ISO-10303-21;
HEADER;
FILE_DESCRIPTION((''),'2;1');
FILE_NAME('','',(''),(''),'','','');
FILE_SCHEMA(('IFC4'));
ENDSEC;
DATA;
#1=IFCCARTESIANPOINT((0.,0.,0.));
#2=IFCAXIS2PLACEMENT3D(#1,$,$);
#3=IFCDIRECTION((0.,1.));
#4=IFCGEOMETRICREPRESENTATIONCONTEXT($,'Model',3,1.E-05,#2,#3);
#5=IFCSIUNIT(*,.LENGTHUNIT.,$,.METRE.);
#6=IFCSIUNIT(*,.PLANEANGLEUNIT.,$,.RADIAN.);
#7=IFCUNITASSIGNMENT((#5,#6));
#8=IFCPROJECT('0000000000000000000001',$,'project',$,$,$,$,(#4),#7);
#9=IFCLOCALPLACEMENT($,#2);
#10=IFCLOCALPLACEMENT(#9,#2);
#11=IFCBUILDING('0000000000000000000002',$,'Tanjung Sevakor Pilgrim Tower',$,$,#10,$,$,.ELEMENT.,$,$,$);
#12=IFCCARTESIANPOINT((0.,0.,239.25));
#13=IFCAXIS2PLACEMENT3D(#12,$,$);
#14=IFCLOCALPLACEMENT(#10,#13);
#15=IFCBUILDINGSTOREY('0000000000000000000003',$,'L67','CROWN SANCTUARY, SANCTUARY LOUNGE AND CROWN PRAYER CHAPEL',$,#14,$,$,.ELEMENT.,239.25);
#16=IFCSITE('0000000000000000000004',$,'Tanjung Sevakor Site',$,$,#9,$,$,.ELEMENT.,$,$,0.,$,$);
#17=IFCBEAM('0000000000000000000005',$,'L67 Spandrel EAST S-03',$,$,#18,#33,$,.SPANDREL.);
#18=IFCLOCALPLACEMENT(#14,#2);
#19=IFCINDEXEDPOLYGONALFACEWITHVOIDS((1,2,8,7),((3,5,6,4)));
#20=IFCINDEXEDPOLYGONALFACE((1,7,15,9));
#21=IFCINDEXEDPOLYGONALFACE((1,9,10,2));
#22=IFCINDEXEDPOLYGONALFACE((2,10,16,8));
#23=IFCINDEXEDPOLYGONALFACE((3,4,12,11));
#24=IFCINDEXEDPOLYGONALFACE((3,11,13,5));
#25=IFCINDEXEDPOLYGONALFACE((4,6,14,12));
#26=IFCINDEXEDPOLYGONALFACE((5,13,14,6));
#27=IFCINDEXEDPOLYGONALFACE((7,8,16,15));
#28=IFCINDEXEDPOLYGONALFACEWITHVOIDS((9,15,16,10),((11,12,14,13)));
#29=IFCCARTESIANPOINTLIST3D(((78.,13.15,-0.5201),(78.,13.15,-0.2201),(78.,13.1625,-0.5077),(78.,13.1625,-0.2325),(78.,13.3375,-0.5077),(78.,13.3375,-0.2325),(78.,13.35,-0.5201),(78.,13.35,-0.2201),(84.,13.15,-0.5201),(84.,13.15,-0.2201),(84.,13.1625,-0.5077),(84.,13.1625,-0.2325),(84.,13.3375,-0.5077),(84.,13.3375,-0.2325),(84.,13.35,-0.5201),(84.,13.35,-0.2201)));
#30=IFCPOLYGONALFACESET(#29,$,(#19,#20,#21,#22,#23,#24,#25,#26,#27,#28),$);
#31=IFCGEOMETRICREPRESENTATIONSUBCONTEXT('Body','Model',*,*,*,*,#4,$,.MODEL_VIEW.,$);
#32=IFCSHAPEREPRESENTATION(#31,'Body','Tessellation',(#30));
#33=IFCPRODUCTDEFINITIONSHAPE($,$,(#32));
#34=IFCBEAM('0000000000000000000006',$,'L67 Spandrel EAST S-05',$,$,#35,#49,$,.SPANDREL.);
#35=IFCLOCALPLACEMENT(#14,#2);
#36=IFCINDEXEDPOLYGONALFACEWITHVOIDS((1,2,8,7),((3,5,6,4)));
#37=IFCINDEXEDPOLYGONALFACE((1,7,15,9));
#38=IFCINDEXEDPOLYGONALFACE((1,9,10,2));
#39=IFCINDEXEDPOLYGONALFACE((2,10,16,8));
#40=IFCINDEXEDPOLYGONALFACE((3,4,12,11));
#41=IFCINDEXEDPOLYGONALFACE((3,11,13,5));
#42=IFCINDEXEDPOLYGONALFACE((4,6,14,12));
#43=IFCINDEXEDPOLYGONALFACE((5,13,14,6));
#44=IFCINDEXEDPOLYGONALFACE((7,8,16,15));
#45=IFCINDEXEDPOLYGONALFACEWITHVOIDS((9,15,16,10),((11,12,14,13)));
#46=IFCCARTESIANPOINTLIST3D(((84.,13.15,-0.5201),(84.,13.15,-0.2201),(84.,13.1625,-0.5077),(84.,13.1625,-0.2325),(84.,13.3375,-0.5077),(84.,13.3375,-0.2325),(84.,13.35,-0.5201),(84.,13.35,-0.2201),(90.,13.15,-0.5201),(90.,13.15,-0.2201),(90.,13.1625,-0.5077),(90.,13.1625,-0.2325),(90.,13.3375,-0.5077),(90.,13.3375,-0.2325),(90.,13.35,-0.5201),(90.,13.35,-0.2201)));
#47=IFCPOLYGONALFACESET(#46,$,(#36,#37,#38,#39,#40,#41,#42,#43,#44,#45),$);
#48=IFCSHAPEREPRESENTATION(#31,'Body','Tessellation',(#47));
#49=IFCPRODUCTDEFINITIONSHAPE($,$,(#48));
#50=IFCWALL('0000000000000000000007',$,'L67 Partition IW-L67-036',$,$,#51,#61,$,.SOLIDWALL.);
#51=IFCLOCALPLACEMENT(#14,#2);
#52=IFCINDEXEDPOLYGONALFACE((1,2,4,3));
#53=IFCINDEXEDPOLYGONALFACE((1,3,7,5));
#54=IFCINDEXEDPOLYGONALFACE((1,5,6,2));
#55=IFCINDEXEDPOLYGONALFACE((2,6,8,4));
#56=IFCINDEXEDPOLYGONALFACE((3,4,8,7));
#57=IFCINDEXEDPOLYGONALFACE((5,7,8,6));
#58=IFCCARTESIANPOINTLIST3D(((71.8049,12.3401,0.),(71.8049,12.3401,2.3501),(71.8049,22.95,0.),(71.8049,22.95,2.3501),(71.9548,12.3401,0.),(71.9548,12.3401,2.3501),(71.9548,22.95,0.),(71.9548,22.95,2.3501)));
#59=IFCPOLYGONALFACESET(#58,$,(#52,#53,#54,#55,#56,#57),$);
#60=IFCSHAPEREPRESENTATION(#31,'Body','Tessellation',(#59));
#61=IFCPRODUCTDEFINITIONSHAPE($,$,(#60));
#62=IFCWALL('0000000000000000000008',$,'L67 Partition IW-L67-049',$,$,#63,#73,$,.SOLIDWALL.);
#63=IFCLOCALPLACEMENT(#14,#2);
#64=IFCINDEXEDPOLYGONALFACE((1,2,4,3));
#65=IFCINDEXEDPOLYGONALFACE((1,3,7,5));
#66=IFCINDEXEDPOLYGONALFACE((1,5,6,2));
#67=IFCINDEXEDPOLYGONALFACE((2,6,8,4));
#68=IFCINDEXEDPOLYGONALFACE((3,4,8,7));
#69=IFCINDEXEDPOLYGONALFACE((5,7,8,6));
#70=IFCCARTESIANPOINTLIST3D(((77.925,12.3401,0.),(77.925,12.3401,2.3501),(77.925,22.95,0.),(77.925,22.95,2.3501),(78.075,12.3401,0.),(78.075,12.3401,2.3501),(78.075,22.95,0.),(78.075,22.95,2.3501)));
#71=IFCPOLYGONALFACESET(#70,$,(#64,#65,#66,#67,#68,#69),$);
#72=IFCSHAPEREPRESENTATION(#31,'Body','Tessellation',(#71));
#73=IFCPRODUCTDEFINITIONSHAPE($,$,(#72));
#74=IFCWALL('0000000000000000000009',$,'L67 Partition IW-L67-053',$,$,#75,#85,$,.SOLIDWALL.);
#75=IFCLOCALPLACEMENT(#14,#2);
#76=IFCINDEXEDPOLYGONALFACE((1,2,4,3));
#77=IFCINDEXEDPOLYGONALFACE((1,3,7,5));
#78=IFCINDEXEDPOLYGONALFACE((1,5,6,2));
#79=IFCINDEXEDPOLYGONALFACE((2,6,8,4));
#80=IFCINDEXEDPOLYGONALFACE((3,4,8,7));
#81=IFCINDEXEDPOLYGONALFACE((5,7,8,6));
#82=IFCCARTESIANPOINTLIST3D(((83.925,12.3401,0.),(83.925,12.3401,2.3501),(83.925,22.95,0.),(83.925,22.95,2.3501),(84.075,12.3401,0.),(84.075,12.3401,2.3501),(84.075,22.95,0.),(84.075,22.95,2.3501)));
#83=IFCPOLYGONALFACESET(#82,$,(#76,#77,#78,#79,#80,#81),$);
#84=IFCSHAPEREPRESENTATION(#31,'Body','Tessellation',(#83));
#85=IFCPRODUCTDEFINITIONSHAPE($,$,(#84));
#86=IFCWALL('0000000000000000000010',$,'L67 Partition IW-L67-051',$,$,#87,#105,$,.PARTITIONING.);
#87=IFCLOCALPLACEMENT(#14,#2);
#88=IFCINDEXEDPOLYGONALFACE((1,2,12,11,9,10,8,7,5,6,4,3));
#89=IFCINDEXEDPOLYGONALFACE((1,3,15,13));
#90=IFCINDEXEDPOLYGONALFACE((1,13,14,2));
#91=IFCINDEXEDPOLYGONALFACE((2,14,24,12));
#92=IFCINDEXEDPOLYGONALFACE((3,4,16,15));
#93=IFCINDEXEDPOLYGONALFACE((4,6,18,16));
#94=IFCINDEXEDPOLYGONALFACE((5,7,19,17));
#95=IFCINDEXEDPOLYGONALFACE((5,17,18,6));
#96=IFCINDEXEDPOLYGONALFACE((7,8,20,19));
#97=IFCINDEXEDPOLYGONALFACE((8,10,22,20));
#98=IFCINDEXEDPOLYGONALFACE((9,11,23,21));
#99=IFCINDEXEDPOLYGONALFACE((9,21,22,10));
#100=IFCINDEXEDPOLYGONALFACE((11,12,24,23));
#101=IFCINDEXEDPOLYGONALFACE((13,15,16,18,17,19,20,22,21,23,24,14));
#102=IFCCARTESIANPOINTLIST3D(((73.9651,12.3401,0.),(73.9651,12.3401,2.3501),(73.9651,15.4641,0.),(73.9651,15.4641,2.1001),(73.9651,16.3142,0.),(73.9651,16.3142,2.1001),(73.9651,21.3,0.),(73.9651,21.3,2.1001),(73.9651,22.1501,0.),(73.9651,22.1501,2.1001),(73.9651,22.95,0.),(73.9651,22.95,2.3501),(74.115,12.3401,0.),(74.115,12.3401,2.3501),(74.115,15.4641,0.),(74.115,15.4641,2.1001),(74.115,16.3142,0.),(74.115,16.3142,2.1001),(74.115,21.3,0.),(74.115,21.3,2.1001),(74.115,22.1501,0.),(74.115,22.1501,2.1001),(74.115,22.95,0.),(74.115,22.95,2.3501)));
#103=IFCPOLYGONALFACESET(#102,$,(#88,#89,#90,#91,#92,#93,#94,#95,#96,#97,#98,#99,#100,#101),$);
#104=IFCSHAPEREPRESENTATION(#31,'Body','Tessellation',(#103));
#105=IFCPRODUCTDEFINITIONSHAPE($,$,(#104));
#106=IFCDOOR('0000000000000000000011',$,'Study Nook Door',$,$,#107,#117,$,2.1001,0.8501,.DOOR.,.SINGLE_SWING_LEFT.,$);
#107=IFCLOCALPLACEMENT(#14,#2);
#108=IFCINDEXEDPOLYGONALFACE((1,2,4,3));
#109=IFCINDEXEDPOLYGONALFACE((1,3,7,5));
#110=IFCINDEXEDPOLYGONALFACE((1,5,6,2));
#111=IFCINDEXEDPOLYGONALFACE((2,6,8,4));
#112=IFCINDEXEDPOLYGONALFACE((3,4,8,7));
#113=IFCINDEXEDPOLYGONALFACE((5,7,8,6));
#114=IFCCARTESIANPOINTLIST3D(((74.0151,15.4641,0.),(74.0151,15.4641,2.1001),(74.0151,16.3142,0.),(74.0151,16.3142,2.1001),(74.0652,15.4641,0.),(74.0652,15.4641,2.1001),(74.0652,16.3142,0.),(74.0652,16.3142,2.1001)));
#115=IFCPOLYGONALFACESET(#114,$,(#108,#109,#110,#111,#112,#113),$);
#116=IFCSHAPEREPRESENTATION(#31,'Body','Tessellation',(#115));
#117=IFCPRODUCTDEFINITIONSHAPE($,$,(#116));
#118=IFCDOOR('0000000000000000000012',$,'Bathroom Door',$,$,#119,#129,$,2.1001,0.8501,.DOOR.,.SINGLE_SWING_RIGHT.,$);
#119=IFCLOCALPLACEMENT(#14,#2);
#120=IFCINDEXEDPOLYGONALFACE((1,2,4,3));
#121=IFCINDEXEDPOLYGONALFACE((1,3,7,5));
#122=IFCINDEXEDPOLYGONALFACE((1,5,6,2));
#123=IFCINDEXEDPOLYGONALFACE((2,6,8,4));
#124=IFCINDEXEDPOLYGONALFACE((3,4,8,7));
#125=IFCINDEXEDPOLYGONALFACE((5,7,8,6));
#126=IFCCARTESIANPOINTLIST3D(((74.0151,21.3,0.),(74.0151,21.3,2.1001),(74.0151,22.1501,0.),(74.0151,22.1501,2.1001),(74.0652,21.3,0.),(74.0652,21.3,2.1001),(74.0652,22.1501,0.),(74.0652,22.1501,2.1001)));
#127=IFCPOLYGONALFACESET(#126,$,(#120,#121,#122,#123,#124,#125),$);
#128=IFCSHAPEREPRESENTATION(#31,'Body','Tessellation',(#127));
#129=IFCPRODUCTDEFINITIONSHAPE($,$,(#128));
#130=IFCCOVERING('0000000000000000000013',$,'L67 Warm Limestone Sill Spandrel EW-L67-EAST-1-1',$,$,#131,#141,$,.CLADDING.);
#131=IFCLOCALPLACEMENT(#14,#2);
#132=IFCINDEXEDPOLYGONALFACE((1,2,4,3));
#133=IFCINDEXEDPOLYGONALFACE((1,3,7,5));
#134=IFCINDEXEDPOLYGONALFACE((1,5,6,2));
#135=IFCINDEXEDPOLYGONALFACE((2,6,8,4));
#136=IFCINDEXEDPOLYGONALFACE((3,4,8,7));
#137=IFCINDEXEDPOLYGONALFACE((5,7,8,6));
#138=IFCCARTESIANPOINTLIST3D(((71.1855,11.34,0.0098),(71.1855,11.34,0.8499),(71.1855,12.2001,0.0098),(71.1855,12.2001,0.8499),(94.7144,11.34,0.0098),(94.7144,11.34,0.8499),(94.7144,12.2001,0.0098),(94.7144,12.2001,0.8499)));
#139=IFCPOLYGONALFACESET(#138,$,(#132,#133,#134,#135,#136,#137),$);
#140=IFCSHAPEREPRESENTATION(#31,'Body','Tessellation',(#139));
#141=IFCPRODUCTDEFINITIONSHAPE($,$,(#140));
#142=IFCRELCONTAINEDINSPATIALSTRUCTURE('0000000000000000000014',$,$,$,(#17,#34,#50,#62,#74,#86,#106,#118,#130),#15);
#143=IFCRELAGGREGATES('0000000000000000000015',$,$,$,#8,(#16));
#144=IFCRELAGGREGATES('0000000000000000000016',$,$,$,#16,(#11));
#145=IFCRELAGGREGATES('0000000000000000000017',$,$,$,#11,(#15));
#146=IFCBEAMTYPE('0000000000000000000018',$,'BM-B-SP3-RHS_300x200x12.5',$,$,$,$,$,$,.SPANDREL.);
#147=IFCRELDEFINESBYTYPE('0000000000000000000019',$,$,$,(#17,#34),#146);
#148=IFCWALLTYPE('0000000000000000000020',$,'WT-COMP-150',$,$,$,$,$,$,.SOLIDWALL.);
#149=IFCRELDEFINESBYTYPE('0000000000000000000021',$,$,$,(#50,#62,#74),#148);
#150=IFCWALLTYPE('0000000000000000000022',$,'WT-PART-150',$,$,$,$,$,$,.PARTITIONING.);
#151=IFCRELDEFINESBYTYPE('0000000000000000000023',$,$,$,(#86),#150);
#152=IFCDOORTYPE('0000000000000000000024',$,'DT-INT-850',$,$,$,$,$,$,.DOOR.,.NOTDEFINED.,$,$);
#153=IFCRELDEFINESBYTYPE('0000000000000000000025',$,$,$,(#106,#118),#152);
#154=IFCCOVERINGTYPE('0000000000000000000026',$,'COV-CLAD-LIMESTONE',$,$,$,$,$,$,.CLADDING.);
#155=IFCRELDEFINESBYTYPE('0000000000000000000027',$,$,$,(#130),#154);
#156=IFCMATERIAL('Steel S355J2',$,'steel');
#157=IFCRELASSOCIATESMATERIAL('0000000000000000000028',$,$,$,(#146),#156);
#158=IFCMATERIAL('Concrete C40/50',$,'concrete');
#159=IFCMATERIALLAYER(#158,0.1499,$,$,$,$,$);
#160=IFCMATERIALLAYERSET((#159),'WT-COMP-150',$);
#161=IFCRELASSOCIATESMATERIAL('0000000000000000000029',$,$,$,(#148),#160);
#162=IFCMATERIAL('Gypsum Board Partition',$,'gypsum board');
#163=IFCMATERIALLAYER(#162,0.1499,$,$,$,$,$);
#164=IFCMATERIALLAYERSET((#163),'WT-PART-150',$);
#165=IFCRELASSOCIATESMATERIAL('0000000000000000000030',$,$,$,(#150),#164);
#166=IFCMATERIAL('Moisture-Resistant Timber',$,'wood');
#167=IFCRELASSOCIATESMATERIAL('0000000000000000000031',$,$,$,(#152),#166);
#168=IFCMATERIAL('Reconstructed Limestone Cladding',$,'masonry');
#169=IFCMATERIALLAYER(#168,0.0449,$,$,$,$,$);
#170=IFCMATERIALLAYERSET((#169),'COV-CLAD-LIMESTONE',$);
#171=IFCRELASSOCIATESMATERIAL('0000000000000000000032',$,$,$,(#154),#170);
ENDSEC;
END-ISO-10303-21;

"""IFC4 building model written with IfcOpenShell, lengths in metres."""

from ifc_helpers import new_model, si_unit, direction, frame, frame_2d, origin, origin_2d, place, context, subcontext, project, spatial, rectangle, hollow_rectangle, extrude, material, layer, layer_set, material_profile, profile_set, type_object, element, fill, save


model = new_model("IFC4")

# Units and contexts
model_context = context("Model", 3, precision=1e-05, world=origin(), true_north=direction((0.0, 1.0)))
body_context = subcontext(model_context, "Body", "Model", "MODEL_VIEW")
ifc_project = project(units=[si_unit("LENGTHUNIT", "METRE"), si_unit("PLANEANGLEUNIT", "RADIAN")], contexts=[model_context])

# Site, building, storey
site_placement = place(None, origin())
site = spatial("IfcSite", under=ifc_project, at=site_placement, Name="Tanjung Sevakor Site", CompositionType="ELEMENT", RefElevation=0.0)
building_placement = place(site_placement, origin())
building = spatial("IfcBuilding", under=site, at=building_placement, Name="Tanjung Sevakor Pilgrim Tower", CompositionType="ELEMENT")
storey_placement = place(building_placement, frame((0.0, 0.0, 239.25)))
storey = spatial("IfcBuildingStorey", under=building, at=storey_placement, Name="L67", Description="CROWN SANCTUARY, SANCTUARY LOUNGE AND CROWN PRAYER CHAPEL", CompositionType="ELEMENT", Elevation=239.25)

# Beams
ifc_material_1 = material(Name="Steel S355J2", Category="steel")
ifc_material_profile_1 = material_profile(ifc_material_1, hollow_rectangle(XDim=0.2, YDim=0.3, WallThickness=0.0125, at=origin_2d()))
ifc_profile_set_1 = profile_set([ifc_material_profile_1], Name="Steel S355J2")
beam_type_1 = type_object("IfcBeamType", Name="BM-B-SP3-RHS_300x200x12.5", PredefinedType="SPANDREL", material=ifc_profile_set_1)
for number, where, z_axis, x_axis, name in (
    (1, (78.0, 13.25, -0.3701), (1.0, 0.0, 0.0), (0.0, 1.0, 0.0), "L67 Spandrel EAST S-03"),
    (2, (84.0, 13.25, -0.3701), (1.0, 0.0, 0.0), (0.0, 1.0, 0.0), "L67 Spandrel EAST S-05"),
):
    element("IfcBeam", number, at=place(storey_placement, frame(where, z_axis=z_axis, x_axis=x_axis)), inside=storey, type_object=beam_type_1, Name=name, PredefinedType="SPANDREL", context=body_context, shape_type="SweptSolid", body=[
        extrude(hollow_rectangle(XDim=0.2, YDim=0.3, WallThickness=0.0125, at=origin_2d()), origin(), (0.0, 0.0, 1.0), 6.0),
    ])

# Walls
ifc_material_2 = material(Name="Concrete C40/50", Category="concrete")
ifc_layer_1 = layer(ifc_material_2, 0.1499)
ifc_layer_set_1 = layer_set([ifc_layer_1], Name="WT-COMP-150")
wall_type_1 = type_object("IfcWallType", Name="WT-COMP-150", PredefinedType="SOLIDWALL", material=ifc_layer_set_1)
for number, where, z_axis, x_axis, name in (
    (3, (71.8799, 12.3401, 0.0), (0.0, 0.0, 1.0), (0.0, 1.0, 0.0), "L67 Partition IW-L67-036"),
    (4, (78.0, 12.3401, 0.0), (0.0, 0.0, 1.0), (0.0, 1.0, 0.0), "L67 Partition IW-L67-049"),
    (5, (84.0, 12.3401, 0.0), (0.0, 0.0, 1.0), (0.0, 1.0, 0.0), "L67 Partition IW-L67-053"),
):
    element("IfcWall", number, at=place(storey_placement, frame(where, z_axis=z_axis, x_axis=x_axis)), inside=storey, type_object=wall_type_1, Name=name, PredefinedType="SOLIDWALL", context=body_context, shape_type="SweptSolid", body=[
        extrude(rectangle(XDim=10.6099, YDim=0.1499, at=frame_2d((5.3049, 0.0))), origin(), (0.0, 0.0, 1.0), 2.3501),
    ])

# Wall, openings, doors
ifc_material_3 = material(Name="Gypsum Board Partition", Category="gypsum board")
ifc_layer_2 = layer(ifc_material_3, 0.1499)
ifc_layer_set_2 = layer_set([ifc_layer_2], Name="WT-PART-150")
wall_type_2 = type_object("IfcWallType", Name="WT-PART-150", PredefinedType="PARTITIONING", material=ifc_layer_set_2)
wall_placement = place(storey_placement, frame((74.04, 12.3401, 0.0), z_axis=(0.0, 0.0, 1.0), x_axis=(0.0, 1.0, 0.0)))
wall = element("IfcWall", 6, at=wall_placement, inside=storey, type_object=wall_type_2, Name="L67 Partition IW-L67-051", PredefinedType="PARTITIONING", context=body_context, shape_type="SweptSolid", body=[
    extrude(rectangle(XDim=10.6099, YDim=0.1499, at=frame_2d((5.3049, 0.0))), origin(), (0.0, 0.0, 1.0), 2.3501),
])
opening_1_placement = place(wall_placement, frame((3.124, 0.0, 0.0)))
opening_1 = element("IfcOpeningElement", 7, at=opening_1_placement, cuts=wall, PredefinedType="OPENING", context=body_context, shape_type="SweptSolid", body=[
    extrude(rectangle(XDim=0.8501, YDim=2.1001, at=frame_2d((0.425, 1.05))), frame((0.0, 0.085, 0.0), z_axis=(0.0, -1.0, 0.0), x_axis=(1.0, 0.0, 0.0)), (0.0, 0.0, 1.0), 0.1699),
])
opening_2_placement = place(wall_placement, frame((8.96, 0.0, 0.0)))
opening_2 = element("IfcOpeningElement", 8, at=opening_2_placement, cuts=wall, PredefinedType="OPENING", context=body_context, shape_type="SweptSolid", body=[
    extrude(rectangle(XDim=0.8501, YDim=2.1001, at=frame_2d((0.425, 1.05))), frame((0.0, 0.085, 0.0), z_axis=(0.0, -1.0, 0.0), x_axis=(1.0, 0.0, 0.0)), (0.0, 0.0, 1.0), 0.1699),
])
ifc_material_4 = material(Name="Moisture-Resistant Timber", Category="wood")
door_type = type_object("IfcDoorType", Name="DT-INT-850", OperationType="NOTDEFINED", PredefinedType="DOOR", material=ifc_material_4)
door_1_placement = place(opening_1_placement, origin())
door_1 = element("IfcDoor", 9, at=door_1_placement, inside=storey, type_object=door_type, Name="Study Nook Door", OperationType="SINGLE_SWING_LEFT", OverallHeight=2.1001, OverallWidth=0.8501, PredefinedType="DOOR", context=body_context, shape_type="SweptSolid", body=[
    extrude(rectangle(XDim=0.8501, YDim=2.1001, at=frame_2d((0.425, 1.05))), frame((0.0, 0.0249, 0.0), z_axis=(0.0, -1.0, 0.0), x_axis=(1.0, 0.0, 0.0)), (0.0, 0.0, 1.0), 0.05),
])
fill(opening_1, door_1)
door_2_placement = place(opening_2_placement, origin())
door_2 = element("IfcDoor", 10, at=door_2_placement, inside=storey, type_object=door_type, Name="Bathroom Door", OperationType="SINGLE_SWING_RIGHT", OverallHeight=2.1001, OverallWidth=0.8501, PredefinedType="DOOR", context=body_context, shape_type="SweptSolid", body=[
    extrude(rectangle(XDim=0.8501, YDim=2.1001, at=frame_2d((0.425, 1.05))), frame((0.0, 0.0249, 0.0), z_axis=(0.0, -1.0, 0.0), x_axis=(1.0, 0.0, 0.0)), (0.0, 0.0, 1.0), 0.05),
])
fill(opening_2, door_2)

# Covering
ifc_material_5 = material(Name="Reconstructed Limestone Cladding", Category="masonry")
ifc_layer_3 = layer(ifc_material_5, 0.0449)
ifc_layer_set_3 = layer_set([ifc_layer_3], Name="COV-CLAD-LIMESTONE")
covering_type = type_object("IfcCoveringType", Name="COV-CLAD-LIMESTONE", PredefinedType="CLADDING", material=ifc_layer_set_3)
covering_placement = place(storey_placement, frame((82.95, 11.77, 0.0098), z_axis=(0.0, 0.0, 1.0), x_axis=(1.0, 0.0, 0.0)))
element("IfcCovering", 11, at=covering_placement, inside=storey, type_object=covering_type, Name="L67 Warm Limestone Sill Spandrel EW-L67-EAST-1-1", PredefinedType="CLADDING", context=body_context, shape_type="SweptSolid", body=[
    extrude(rectangle(XDim=23.5288, YDim=0.8601, at=origin_2d()), origin(), (0.0, 0.0, 1.0), 0.8401),
])

save(model, "model.ifc")
